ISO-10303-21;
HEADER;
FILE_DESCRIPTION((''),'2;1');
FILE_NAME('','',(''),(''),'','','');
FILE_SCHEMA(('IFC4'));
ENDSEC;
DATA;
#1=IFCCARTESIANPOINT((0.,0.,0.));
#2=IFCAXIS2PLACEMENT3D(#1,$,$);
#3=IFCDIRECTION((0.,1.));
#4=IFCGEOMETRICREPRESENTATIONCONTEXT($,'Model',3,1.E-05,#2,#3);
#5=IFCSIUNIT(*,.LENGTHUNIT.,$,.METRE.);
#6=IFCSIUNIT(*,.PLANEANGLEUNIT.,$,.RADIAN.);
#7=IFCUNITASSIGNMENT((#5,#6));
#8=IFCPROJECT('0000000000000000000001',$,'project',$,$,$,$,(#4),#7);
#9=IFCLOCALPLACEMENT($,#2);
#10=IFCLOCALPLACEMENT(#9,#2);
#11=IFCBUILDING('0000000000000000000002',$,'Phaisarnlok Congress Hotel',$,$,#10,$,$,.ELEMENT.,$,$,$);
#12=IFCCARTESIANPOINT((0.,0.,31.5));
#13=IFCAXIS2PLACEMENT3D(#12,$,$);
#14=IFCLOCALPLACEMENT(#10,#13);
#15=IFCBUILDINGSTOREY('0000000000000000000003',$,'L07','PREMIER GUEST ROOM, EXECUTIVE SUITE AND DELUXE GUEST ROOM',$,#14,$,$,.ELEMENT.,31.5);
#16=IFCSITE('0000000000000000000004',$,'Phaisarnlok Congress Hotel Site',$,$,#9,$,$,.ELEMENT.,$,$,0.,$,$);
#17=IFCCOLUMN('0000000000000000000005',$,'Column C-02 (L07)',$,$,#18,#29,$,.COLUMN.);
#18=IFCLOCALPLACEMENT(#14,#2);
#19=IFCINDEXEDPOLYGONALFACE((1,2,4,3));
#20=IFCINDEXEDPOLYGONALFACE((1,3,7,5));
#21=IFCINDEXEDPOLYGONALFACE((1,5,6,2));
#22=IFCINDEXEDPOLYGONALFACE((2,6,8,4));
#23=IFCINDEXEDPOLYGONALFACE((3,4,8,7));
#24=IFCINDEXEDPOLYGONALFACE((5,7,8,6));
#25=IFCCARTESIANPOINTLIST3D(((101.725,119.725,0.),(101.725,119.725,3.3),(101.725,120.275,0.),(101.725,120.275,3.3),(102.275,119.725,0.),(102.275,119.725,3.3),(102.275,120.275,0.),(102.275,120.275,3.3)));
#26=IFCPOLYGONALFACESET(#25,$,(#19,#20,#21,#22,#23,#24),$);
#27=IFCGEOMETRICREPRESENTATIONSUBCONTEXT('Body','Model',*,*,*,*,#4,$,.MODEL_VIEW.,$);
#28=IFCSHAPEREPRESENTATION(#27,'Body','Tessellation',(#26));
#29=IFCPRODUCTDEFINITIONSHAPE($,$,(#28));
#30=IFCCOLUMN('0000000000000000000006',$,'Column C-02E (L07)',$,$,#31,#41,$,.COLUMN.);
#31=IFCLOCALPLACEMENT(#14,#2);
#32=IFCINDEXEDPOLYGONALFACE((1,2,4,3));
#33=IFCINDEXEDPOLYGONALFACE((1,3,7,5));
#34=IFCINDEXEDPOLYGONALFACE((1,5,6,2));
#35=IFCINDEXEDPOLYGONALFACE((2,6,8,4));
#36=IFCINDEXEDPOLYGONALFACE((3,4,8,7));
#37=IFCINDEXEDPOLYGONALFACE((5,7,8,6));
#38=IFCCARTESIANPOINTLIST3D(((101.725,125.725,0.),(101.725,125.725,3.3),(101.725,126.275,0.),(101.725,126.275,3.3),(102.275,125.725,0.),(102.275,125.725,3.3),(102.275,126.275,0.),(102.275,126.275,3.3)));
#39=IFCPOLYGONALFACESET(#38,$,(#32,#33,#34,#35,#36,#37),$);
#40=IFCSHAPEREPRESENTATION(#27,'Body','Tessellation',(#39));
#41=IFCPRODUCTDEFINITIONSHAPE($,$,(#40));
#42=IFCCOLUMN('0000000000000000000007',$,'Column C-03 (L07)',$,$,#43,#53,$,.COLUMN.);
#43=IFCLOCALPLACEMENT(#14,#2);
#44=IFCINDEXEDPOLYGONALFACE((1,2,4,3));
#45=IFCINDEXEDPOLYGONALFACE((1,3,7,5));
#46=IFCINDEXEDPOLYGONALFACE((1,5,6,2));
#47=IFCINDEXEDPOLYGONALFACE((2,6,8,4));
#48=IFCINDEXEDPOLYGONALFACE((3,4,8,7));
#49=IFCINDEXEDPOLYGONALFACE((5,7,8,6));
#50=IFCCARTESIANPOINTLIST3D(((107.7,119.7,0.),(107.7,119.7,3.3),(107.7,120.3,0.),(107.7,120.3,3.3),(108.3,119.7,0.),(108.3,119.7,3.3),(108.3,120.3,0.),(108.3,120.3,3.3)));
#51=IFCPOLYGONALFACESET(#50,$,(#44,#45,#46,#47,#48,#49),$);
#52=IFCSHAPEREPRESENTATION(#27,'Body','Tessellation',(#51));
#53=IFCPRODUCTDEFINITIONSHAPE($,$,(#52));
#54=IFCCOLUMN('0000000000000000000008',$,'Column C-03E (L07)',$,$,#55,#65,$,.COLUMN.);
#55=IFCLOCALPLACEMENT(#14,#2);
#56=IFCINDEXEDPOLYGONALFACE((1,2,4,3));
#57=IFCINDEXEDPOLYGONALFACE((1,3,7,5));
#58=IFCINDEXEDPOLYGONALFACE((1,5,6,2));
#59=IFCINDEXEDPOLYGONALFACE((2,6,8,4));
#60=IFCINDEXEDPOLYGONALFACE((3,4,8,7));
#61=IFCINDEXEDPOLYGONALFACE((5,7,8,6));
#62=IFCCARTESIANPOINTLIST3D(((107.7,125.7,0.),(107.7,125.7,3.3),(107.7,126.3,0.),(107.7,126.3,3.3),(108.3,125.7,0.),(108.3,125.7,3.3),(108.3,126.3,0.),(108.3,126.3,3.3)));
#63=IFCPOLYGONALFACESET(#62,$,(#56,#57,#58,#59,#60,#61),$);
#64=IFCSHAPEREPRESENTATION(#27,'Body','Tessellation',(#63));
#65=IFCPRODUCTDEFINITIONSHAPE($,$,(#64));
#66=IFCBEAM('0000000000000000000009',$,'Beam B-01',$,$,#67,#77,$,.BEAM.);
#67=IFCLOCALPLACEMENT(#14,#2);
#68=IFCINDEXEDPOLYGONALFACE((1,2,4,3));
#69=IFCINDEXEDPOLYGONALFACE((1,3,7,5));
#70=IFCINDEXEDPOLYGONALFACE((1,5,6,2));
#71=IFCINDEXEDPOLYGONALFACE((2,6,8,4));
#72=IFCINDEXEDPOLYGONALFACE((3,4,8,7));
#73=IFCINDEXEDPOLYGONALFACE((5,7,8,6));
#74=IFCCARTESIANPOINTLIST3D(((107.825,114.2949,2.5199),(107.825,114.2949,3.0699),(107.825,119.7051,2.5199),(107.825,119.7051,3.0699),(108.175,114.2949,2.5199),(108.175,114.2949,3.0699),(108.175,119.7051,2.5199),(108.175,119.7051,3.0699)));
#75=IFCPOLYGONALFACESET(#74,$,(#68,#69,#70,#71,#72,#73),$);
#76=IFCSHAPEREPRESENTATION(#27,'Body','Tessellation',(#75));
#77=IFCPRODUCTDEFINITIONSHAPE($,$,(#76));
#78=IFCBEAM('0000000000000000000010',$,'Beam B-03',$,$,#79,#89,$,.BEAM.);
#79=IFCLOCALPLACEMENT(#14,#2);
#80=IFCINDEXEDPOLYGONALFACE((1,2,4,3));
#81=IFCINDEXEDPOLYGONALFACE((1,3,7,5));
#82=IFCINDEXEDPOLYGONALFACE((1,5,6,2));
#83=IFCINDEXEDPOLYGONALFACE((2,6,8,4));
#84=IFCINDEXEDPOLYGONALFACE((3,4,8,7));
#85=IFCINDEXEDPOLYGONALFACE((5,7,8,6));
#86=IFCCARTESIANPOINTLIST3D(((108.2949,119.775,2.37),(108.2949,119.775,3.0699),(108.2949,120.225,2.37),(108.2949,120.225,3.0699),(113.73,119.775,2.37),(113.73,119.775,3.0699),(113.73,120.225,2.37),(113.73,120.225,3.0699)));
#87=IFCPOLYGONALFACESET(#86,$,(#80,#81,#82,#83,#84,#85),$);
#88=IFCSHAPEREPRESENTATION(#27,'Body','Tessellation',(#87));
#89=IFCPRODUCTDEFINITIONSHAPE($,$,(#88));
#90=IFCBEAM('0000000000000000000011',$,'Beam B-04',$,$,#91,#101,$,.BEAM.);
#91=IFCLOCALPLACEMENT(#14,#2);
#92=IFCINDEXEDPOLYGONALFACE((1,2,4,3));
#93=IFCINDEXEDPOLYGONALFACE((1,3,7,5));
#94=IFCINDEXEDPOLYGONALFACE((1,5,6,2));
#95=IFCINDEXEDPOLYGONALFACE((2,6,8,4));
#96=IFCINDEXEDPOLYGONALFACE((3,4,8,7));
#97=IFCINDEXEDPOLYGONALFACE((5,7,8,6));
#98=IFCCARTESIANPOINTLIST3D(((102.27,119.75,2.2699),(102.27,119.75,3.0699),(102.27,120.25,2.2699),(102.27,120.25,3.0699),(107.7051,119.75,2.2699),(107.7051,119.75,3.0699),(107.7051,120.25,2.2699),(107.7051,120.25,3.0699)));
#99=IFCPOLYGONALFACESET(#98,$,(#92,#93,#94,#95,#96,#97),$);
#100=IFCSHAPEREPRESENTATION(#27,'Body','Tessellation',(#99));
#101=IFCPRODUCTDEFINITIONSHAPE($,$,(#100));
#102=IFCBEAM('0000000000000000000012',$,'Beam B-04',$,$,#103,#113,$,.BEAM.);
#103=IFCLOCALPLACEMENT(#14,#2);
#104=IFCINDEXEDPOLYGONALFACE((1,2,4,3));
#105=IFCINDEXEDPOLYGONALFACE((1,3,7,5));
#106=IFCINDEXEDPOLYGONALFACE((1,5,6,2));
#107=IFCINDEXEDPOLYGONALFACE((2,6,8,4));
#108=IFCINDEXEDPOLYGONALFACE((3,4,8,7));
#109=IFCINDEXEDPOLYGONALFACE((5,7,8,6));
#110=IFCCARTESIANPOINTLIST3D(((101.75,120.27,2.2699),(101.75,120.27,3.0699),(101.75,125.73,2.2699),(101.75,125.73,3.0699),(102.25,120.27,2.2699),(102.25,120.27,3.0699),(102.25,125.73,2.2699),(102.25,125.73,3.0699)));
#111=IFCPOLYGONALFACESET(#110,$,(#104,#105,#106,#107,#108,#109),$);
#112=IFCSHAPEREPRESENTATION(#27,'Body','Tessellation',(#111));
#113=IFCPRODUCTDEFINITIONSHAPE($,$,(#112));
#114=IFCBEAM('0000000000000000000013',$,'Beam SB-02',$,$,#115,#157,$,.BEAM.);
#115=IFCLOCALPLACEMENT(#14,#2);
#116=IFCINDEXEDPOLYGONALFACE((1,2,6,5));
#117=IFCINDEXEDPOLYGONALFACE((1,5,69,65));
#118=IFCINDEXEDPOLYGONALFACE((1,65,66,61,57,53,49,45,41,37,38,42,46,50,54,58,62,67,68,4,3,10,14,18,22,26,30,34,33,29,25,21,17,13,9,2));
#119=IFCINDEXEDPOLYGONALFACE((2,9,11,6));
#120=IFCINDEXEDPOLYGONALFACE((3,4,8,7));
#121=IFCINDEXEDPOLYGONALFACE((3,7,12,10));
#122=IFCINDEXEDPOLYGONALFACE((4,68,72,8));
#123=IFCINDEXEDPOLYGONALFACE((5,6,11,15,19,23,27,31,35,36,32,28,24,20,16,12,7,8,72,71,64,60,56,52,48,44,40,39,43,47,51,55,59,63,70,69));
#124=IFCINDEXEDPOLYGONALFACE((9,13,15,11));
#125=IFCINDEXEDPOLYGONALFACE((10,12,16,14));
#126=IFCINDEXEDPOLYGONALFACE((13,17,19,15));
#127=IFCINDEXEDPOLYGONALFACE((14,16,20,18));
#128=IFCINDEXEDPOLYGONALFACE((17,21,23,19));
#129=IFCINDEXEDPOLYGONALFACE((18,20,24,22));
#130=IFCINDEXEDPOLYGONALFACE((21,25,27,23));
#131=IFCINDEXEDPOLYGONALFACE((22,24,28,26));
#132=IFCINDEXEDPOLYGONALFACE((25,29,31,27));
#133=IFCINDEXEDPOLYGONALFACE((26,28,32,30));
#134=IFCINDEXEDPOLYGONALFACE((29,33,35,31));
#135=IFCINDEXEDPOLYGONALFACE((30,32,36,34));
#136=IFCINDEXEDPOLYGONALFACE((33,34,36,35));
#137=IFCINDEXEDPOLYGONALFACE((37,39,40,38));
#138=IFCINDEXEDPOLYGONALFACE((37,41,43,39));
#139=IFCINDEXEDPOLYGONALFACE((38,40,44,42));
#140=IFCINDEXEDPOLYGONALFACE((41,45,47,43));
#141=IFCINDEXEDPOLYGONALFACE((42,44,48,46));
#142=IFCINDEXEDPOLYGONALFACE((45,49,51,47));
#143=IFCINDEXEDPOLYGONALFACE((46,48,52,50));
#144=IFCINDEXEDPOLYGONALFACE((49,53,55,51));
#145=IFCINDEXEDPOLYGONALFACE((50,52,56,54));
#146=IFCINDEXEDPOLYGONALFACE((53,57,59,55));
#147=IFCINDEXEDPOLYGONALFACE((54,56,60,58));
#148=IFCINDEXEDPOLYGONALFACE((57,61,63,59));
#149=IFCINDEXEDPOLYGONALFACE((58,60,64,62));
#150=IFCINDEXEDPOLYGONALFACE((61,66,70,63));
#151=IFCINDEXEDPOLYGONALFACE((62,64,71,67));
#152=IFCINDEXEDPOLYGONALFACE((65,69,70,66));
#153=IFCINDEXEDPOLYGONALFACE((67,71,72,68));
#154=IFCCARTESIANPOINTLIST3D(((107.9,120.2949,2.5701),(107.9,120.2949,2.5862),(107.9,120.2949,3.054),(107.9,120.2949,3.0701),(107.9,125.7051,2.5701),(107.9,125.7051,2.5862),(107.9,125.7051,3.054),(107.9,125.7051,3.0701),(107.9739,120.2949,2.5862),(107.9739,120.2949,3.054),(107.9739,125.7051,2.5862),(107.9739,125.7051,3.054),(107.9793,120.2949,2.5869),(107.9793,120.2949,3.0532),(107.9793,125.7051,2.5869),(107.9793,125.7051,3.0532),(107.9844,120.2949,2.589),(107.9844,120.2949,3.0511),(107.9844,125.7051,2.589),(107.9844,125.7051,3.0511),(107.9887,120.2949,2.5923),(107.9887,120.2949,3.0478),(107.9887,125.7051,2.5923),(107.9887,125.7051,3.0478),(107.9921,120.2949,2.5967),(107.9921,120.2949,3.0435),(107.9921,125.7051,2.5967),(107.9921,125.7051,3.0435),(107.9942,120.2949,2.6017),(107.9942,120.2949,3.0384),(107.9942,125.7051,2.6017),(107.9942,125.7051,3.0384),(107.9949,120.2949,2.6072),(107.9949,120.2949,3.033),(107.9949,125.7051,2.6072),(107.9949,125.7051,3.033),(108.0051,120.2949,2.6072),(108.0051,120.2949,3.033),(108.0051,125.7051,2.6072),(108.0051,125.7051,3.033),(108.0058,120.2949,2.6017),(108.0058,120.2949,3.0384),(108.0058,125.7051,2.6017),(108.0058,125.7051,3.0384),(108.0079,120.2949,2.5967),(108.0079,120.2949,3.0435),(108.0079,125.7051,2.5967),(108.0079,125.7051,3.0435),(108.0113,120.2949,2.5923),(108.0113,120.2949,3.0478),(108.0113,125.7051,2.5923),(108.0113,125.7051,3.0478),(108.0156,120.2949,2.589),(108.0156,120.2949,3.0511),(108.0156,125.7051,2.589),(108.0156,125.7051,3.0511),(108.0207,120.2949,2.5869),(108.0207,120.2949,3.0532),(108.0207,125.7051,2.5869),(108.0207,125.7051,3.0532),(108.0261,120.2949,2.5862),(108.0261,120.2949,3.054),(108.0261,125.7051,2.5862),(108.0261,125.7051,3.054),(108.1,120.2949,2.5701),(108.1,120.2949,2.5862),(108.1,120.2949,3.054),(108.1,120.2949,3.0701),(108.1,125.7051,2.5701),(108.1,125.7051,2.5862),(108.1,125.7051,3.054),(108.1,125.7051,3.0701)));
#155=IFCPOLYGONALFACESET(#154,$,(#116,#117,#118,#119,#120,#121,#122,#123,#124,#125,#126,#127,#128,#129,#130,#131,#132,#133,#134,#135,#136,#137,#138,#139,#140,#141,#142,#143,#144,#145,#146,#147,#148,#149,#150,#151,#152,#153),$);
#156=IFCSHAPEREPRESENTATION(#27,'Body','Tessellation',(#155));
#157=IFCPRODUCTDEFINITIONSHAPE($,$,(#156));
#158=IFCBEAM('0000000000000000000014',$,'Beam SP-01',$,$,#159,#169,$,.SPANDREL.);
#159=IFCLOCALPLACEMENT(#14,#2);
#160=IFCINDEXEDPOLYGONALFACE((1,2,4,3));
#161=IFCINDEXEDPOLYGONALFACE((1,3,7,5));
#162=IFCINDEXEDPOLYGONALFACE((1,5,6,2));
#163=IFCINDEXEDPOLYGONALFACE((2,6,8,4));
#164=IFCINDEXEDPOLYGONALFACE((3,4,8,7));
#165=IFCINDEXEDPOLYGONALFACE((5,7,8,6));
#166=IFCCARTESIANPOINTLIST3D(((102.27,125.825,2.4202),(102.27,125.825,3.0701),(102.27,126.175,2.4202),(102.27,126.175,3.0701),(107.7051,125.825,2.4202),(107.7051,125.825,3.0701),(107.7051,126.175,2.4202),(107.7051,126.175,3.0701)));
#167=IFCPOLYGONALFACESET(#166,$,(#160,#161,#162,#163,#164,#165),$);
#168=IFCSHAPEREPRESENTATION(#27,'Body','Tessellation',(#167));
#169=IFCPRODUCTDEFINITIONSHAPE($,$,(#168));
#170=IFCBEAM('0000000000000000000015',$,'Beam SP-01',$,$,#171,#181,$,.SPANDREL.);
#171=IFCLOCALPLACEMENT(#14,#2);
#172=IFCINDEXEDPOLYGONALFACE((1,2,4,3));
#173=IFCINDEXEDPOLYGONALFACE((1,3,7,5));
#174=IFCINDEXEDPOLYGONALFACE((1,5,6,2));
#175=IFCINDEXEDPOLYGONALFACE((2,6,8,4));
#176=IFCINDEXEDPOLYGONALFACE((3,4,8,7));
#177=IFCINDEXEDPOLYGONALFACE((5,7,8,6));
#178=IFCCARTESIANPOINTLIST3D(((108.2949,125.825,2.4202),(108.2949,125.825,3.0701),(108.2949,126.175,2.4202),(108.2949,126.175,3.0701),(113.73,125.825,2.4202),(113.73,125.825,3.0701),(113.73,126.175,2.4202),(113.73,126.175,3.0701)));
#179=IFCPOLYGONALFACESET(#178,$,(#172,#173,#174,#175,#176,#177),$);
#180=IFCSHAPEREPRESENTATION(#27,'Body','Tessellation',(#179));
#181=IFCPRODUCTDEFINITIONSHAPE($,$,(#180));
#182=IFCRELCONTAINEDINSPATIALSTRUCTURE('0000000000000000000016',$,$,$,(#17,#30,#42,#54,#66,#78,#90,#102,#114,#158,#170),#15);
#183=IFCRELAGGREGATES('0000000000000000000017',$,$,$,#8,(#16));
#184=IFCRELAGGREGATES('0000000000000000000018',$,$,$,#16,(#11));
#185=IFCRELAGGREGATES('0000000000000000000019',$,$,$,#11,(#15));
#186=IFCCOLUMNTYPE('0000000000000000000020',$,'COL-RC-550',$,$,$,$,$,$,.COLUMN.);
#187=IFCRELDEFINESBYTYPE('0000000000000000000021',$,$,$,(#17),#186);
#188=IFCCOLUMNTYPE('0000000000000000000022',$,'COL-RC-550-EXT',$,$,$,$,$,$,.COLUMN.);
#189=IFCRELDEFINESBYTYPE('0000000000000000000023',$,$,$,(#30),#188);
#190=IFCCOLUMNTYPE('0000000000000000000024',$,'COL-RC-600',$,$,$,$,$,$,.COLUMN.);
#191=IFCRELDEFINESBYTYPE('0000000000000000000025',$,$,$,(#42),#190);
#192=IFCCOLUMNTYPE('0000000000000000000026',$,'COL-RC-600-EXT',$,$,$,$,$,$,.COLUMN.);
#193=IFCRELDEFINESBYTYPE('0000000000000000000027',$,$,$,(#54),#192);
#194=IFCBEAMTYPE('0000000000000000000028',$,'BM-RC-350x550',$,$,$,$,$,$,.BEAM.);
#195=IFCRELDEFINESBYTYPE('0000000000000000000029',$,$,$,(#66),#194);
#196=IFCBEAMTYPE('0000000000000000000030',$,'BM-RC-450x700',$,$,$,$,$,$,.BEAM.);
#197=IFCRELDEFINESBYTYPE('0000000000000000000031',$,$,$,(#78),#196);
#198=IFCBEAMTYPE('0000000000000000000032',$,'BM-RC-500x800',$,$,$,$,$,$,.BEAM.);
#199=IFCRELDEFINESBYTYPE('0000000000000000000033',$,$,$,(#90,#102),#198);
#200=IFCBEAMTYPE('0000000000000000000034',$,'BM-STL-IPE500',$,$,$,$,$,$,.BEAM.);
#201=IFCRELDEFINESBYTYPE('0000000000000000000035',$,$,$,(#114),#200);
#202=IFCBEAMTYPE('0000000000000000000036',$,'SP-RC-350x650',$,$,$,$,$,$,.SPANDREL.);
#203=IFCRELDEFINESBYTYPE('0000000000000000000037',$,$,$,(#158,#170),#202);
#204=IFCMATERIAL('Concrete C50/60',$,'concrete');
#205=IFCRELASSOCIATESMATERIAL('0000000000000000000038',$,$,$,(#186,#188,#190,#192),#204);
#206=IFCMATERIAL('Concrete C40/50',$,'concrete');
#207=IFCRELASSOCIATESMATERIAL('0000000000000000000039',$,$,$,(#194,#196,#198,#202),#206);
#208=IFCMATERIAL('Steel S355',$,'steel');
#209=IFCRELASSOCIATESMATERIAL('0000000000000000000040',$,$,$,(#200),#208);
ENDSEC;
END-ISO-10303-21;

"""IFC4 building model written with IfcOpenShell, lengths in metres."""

from ifc_helpers import new_model, si_unit, direction, frame, origin, origin_2d, place, context, subcontext, project, spatial, rectangle, i_section, extrude, material, material_profile, profile_set, type_object, element, save


model = new_model("IFC4")

# Units and contexts
model_context = context("Model", 3, precision=1e-05, world=origin(), true_north=direction((0.0, 1.0)))
body_context = subcontext(model_context, "Body", "Model", "MODEL_VIEW")
ifc_project = project(units=[si_unit("LENGTHUNIT", "METRE"), si_unit("PLANEANGLEUNIT", "RADIAN")], contexts=[model_context])

# Site, building, storey
site_placement = place(None, origin())
site = spatial("IfcSite", under=ifc_project, at=site_placement, Name="Phaisarnlok Congress Hotel Site", CompositionType="ELEMENT", RefElevation=0.0)
building_placement = place(site_placement, origin())
building = spatial("IfcBuilding", under=site, at=building_placement, Name="Phaisarnlok Congress Hotel", CompositionType="ELEMENT")
storey_placement = place(building_placement, frame((0.0, 0.0, 31.5)))
storey = spatial("IfcBuildingStorey", under=building, at=storey_placement, Name="L07", Description="PREMIER GUEST ROOM, EXECUTIVE SUITE AND DELUXE GUEST ROOM", CompositionType="ELEMENT", Elevation=31.5)

# Columns
ifc_material_1 = material(Name="Concrete C50/60", Category="concrete")
ifc_material_profile_1 = material_profile(ifc_material_1, rectangle(XDim=0.55, YDim=0.55, at=origin_2d()), Name="RC 550x550")
ifc_profile_set_1 = profile_set([ifc_material_profile_1], Name="Concrete C50/60")
column_type_1 = type_object("IfcColumnType", Name="COL-RC-550", PredefinedType="COLUMN", material=ifc_profile_set_1)
column_1_placement = place(storey_placement, frame((102.0, 120.0, 0.0), z_axis=(0.0, 0.0, 1.0), x_axis=(1.0, 0.0, 0.0)))
element("IfcColumn", 1, at=column_1_placement, inside=storey, type_object=column_type_1, Name="Column C-02 (L07)", PredefinedType="COLUMN", context=body_context, shape_type="SweptSolid", body=[
    extrude(rectangle(XDim=0.55, YDim=0.55, at=origin_2d()), origin(), (0.0, 0.0, 1.0), 3.3),
])
ifc_material_profile_2 = material_profile(ifc_material_1, rectangle(XDim=0.55, YDim=0.55, at=origin_2d()), Name="RC 550x550")
ifc_profile_set_2 = profile_set([ifc_material_profile_2], Name="Concrete C50/60")
column_type_2 = type_object("IfcColumnType", Name="COL-RC-550-EXT", PredefinedType="COLUMN", material=ifc_profile_set_2)
column_2_placement = place(storey_placement, frame((102.0, 126.0, 0.0), z_axis=(0.0, 0.0, 1.0), x_axis=(1.0, 0.0, 0.0)))
element("IfcColumn", 2, at=column_2_placement, inside=storey, type_object=column_type_2, Name="Column C-02E (L07)", PredefinedType="COLUMN", context=body_context, shape_type="SweptSolid", body=[
    extrude(rectangle(XDim=0.55, YDim=0.55, at=origin_2d()), origin(), (0.0, 0.0, 1.0), 3.3),
])
ifc_material_profile_3 = material_profile(ifc_material_1, rectangle(XDim=0.6001, YDim=0.6001, at=origin_2d()), Name="RC 600x600")
ifc_profile_set_3 = profile_set([ifc_material_profile_3], Name="Concrete C50/60")
column_type_3 = type_object("IfcColumnType", Name="COL-RC-600", PredefinedType="COLUMN", material=ifc_profile_set_3)
column_3_placement = place(storey_placement, frame((108.0, 120.0, 0.0), z_axis=(0.0, 0.0, 1.0), x_axis=(1.0, 0.0, 0.0)))
element("IfcColumn", 3, at=column_3_placement, inside=storey, type_object=column_type_3, Name="Column C-03 (L07)", PredefinedType="COLUMN", context=body_context, shape_type="SweptSolid", body=[
    extrude(rectangle(XDim=0.6001, YDim=0.6001, at=origin_2d()), origin(), (0.0, 0.0, 1.0), 3.3),
])
ifc_material_profile_4 = material_profile(ifc_material_1, rectangle(XDim=0.6001, YDim=0.6001, at=origin_2d()), Name="RC 600x600")
ifc_profile_set_4 = profile_set([ifc_material_profile_4], Name="Concrete C50/60")
column_type_4 = type_object("IfcColumnType", Name="COL-RC-600-EXT", PredefinedType="COLUMN", material=ifc_profile_set_4)
column_4_placement = place(storey_placement, frame((108.0, 126.0, 0.0), z_axis=(0.0, 0.0, 1.0), x_axis=(1.0, 0.0, 0.0)))
element("IfcColumn", 4, at=column_4_placement, inside=storey, type_object=column_type_4, Name="Column C-03E (L07)", PredefinedType="COLUMN", context=body_context, shape_type="SweptSolid", body=[
    extrude(rectangle(XDim=0.6001, YDim=0.6001, at=origin_2d()), origin(), (0.0, 0.0, 1.0), 3.3),
])

# Beams
ifc_material_2 = material(Name="Concrete C40/50", Category="concrete")
ifc_material_profile_5 = material_profile(ifc_material_2, rectangle(XDim=0.3501, YDim=0.55, at=origin_2d()), Name="RC 350x550")
ifc_profile_set_5 = profile_set([ifc_material_profile_5], Name="Concrete C40/50")
beam_type_1 = type_object("IfcBeamType", Name="BM-RC-350x550", PredefinedType="BEAM", material=ifc_profile_set_5)
beam_1_placement = place(storey_placement, frame((108.0, 114.2949, 2.7949), z_axis=(0.0, 1.0, 0.0), x_axis=(-1.0, 0.0, 0.0)))
element("IfcBeam", 5, at=beam_1_placement, inside=storey, type_object=beam_type_1, Name="Beam B-01", PredefinedType="BEAM", context=body_context, shape_type="SweptSolid", body=[
    extrude(rectangle(XDim=0.3501, YDim=0.55, at=origin_2d()), origin(), (0.0, 0.0, 1.0), 5.4102),
])
ifc_material_profile_6 = material_profile(ifc_material_2, rectangle(XDim=0.45, YDim=0.7, at=origin_2d()), Name="RC 450x700")
ifc_profile_set_6 = profile_set([ifc_material_profile_6], Name="Concrete C40/50")
beam_type_2 = type_object("IfcBeamType", Name="BM-RC-450x700", PredefinedType="BEAM", material=ifc_profile_set_6)
beam_2_placement = place(storey_placement, frame((108.2949, 120.0, 2.72), z_axis=(1.0, 0.0, 0.0), x_axis=(0.0, 1.0, 0.0)))
element("IfcBeam", 6, at=beam_2_placement, inside=storey, type_object=beam_type_2, Name="Beam B-03", PredefinedType="BEAM", context=body_context, shape_type="SweptSolid", body=[
    extrude(rectangle(XDim=0.45, YDim=0.7, at=origin_2d()), origin(), (0.0, 0.0, 1.0), 5.4351),
])
ifc_material_profile_7 = material_profile(ifc_material_2, rectangle(XDim=0.5, YDim=0.8, at=origin_2d()), Name="RC 500x800")
ifc_profile_set_7 = profile_set([ifc_material_profile_7], Name="Concrete C40/50")
beam_type_3 = type_object("IfcBeamType", Name="BM-RC-500x800", PredefinedType="BEAM", material=ifc_profile_set_7)
beam_3_placement = place(storey_placement, frame((102.27, 120.0, 2.6699), z_axis=(1.0, 0.0, 0.0), x_axis=(0.0, 1.0, 0.0)))
element("IfcBeam", 7, at=beam_3_placement, inside=storey, type_object=beam_type_3, Name="Beam B-04", PredefinedType="BEAM", context=body_context, shape_type="SweptSolid", body=[
    extrude(rectangle(XDim=0.5, YDim=0.8, at=origin_2d()), origin(), (0.0, 0.0, 1.0), 5.4351),
])
beam_4_placement = place(storey_placement, frame((102.0, 120.27, 2.6699), z_axis=(0.0, 1.0, 0.0), x_axis=(-1.0, 0.0, 0.0)))
element("IfcBeam", 8, at=beam_4_placement, inside=storey, type_object=beam_type_3, Name="Beam B-04", PredefinedType="BEAM", context=body_context, shape_type="SweptSolid", body=[
    extrude(rectangle(XDim=0.5, YDim=0.8, at=origin_2d()), origin(), (0.0, 0.0, 1.0), 5.46),
])
ifc_material_3 = material(Name="Steel S355", Category="steel")
ifc_material_profile_8 = material_profile(ifc_material_3, i_section(OverallWidth=0.2, OverallDepth=0.5, WebThickness=0.0103, FlangeThickness=0.0161, FilletRadius=0.021, at=origin_2d()), Name="IPE 500")
ifc_profile_set_8 = profile_set([ifc_material_profile_8], Name="Steel S355")
beam_type_4 = type_object("IfcBeamType", Name="BM-STL-IPE500", PredefinedType="BEAM", material=ifc_profile_set_8)
beam_5_placement = place(storey_placement, frame((108.0, 120.2949, 2.8201), z_axis=(0.0, 1.0, 0.0), x_axis=(-1.0, 0.0, 0.0)))
element("IfcBeam", 9, at=beam_5_placement, inside=storey, type_object=beam_type_4, Name="Beam SB-02", PredefinedType="BEAM", context=body_context, shape_type="SweptSolid", body=[
    extrude(i_section(OverallWidth=0.2, OverallDepth=0.5, WebThickness=0.0103, FlangeThickness=0.0161, FilletRadius=0.021, at=origin_2d()), origin(), (0.0, 0.0, 1.0), 5.4102),
])
ifc_material_profile_9 = material_profile(ifc_material_2, rectangle(XDim=0.3501, YDim=0.6499, at=origin_2d()), Name="RC 350x650")
ifc_profile_set_9 = profile_set([ifc_material_profile_9], Name="Concrete C40/50")
beam_type_5 = type_object("IfcBeamType", Name="SP-RC-350x650", PredefinedType="SPANDREL", material=ifc_profile_set_9)
for number, where, z_axis, x_axis, name in (
    (10, (102.27, 126.0, 2.7451), (1.0, 0.0, 0.0), (0.0, 1.0, 0.0), "Beam SP-01"),
    (11, (108.2949, 126.0, 2.7451), (1.0, 0.0, 0.0), (0.0, 1.0, 0.0), "Beam SP-01"),
):
    element("IfcBeam", number, at=place(storey_placement, frame(where, z_axis=z_axis, x_axis=x_axis)), inside=storey, type_object=beam_type_5, Name=name, PredefinedType="SPANDREL", context=body_context, shape_type="SweptSolid", body=[
        extrude(rectangle(XDim=0.3501, YDim=0.6499, at=origin_2d()), origin(), (0.0, 0.0, 1.0), 5.4351),
    ])

save(model, "model.ifc")
